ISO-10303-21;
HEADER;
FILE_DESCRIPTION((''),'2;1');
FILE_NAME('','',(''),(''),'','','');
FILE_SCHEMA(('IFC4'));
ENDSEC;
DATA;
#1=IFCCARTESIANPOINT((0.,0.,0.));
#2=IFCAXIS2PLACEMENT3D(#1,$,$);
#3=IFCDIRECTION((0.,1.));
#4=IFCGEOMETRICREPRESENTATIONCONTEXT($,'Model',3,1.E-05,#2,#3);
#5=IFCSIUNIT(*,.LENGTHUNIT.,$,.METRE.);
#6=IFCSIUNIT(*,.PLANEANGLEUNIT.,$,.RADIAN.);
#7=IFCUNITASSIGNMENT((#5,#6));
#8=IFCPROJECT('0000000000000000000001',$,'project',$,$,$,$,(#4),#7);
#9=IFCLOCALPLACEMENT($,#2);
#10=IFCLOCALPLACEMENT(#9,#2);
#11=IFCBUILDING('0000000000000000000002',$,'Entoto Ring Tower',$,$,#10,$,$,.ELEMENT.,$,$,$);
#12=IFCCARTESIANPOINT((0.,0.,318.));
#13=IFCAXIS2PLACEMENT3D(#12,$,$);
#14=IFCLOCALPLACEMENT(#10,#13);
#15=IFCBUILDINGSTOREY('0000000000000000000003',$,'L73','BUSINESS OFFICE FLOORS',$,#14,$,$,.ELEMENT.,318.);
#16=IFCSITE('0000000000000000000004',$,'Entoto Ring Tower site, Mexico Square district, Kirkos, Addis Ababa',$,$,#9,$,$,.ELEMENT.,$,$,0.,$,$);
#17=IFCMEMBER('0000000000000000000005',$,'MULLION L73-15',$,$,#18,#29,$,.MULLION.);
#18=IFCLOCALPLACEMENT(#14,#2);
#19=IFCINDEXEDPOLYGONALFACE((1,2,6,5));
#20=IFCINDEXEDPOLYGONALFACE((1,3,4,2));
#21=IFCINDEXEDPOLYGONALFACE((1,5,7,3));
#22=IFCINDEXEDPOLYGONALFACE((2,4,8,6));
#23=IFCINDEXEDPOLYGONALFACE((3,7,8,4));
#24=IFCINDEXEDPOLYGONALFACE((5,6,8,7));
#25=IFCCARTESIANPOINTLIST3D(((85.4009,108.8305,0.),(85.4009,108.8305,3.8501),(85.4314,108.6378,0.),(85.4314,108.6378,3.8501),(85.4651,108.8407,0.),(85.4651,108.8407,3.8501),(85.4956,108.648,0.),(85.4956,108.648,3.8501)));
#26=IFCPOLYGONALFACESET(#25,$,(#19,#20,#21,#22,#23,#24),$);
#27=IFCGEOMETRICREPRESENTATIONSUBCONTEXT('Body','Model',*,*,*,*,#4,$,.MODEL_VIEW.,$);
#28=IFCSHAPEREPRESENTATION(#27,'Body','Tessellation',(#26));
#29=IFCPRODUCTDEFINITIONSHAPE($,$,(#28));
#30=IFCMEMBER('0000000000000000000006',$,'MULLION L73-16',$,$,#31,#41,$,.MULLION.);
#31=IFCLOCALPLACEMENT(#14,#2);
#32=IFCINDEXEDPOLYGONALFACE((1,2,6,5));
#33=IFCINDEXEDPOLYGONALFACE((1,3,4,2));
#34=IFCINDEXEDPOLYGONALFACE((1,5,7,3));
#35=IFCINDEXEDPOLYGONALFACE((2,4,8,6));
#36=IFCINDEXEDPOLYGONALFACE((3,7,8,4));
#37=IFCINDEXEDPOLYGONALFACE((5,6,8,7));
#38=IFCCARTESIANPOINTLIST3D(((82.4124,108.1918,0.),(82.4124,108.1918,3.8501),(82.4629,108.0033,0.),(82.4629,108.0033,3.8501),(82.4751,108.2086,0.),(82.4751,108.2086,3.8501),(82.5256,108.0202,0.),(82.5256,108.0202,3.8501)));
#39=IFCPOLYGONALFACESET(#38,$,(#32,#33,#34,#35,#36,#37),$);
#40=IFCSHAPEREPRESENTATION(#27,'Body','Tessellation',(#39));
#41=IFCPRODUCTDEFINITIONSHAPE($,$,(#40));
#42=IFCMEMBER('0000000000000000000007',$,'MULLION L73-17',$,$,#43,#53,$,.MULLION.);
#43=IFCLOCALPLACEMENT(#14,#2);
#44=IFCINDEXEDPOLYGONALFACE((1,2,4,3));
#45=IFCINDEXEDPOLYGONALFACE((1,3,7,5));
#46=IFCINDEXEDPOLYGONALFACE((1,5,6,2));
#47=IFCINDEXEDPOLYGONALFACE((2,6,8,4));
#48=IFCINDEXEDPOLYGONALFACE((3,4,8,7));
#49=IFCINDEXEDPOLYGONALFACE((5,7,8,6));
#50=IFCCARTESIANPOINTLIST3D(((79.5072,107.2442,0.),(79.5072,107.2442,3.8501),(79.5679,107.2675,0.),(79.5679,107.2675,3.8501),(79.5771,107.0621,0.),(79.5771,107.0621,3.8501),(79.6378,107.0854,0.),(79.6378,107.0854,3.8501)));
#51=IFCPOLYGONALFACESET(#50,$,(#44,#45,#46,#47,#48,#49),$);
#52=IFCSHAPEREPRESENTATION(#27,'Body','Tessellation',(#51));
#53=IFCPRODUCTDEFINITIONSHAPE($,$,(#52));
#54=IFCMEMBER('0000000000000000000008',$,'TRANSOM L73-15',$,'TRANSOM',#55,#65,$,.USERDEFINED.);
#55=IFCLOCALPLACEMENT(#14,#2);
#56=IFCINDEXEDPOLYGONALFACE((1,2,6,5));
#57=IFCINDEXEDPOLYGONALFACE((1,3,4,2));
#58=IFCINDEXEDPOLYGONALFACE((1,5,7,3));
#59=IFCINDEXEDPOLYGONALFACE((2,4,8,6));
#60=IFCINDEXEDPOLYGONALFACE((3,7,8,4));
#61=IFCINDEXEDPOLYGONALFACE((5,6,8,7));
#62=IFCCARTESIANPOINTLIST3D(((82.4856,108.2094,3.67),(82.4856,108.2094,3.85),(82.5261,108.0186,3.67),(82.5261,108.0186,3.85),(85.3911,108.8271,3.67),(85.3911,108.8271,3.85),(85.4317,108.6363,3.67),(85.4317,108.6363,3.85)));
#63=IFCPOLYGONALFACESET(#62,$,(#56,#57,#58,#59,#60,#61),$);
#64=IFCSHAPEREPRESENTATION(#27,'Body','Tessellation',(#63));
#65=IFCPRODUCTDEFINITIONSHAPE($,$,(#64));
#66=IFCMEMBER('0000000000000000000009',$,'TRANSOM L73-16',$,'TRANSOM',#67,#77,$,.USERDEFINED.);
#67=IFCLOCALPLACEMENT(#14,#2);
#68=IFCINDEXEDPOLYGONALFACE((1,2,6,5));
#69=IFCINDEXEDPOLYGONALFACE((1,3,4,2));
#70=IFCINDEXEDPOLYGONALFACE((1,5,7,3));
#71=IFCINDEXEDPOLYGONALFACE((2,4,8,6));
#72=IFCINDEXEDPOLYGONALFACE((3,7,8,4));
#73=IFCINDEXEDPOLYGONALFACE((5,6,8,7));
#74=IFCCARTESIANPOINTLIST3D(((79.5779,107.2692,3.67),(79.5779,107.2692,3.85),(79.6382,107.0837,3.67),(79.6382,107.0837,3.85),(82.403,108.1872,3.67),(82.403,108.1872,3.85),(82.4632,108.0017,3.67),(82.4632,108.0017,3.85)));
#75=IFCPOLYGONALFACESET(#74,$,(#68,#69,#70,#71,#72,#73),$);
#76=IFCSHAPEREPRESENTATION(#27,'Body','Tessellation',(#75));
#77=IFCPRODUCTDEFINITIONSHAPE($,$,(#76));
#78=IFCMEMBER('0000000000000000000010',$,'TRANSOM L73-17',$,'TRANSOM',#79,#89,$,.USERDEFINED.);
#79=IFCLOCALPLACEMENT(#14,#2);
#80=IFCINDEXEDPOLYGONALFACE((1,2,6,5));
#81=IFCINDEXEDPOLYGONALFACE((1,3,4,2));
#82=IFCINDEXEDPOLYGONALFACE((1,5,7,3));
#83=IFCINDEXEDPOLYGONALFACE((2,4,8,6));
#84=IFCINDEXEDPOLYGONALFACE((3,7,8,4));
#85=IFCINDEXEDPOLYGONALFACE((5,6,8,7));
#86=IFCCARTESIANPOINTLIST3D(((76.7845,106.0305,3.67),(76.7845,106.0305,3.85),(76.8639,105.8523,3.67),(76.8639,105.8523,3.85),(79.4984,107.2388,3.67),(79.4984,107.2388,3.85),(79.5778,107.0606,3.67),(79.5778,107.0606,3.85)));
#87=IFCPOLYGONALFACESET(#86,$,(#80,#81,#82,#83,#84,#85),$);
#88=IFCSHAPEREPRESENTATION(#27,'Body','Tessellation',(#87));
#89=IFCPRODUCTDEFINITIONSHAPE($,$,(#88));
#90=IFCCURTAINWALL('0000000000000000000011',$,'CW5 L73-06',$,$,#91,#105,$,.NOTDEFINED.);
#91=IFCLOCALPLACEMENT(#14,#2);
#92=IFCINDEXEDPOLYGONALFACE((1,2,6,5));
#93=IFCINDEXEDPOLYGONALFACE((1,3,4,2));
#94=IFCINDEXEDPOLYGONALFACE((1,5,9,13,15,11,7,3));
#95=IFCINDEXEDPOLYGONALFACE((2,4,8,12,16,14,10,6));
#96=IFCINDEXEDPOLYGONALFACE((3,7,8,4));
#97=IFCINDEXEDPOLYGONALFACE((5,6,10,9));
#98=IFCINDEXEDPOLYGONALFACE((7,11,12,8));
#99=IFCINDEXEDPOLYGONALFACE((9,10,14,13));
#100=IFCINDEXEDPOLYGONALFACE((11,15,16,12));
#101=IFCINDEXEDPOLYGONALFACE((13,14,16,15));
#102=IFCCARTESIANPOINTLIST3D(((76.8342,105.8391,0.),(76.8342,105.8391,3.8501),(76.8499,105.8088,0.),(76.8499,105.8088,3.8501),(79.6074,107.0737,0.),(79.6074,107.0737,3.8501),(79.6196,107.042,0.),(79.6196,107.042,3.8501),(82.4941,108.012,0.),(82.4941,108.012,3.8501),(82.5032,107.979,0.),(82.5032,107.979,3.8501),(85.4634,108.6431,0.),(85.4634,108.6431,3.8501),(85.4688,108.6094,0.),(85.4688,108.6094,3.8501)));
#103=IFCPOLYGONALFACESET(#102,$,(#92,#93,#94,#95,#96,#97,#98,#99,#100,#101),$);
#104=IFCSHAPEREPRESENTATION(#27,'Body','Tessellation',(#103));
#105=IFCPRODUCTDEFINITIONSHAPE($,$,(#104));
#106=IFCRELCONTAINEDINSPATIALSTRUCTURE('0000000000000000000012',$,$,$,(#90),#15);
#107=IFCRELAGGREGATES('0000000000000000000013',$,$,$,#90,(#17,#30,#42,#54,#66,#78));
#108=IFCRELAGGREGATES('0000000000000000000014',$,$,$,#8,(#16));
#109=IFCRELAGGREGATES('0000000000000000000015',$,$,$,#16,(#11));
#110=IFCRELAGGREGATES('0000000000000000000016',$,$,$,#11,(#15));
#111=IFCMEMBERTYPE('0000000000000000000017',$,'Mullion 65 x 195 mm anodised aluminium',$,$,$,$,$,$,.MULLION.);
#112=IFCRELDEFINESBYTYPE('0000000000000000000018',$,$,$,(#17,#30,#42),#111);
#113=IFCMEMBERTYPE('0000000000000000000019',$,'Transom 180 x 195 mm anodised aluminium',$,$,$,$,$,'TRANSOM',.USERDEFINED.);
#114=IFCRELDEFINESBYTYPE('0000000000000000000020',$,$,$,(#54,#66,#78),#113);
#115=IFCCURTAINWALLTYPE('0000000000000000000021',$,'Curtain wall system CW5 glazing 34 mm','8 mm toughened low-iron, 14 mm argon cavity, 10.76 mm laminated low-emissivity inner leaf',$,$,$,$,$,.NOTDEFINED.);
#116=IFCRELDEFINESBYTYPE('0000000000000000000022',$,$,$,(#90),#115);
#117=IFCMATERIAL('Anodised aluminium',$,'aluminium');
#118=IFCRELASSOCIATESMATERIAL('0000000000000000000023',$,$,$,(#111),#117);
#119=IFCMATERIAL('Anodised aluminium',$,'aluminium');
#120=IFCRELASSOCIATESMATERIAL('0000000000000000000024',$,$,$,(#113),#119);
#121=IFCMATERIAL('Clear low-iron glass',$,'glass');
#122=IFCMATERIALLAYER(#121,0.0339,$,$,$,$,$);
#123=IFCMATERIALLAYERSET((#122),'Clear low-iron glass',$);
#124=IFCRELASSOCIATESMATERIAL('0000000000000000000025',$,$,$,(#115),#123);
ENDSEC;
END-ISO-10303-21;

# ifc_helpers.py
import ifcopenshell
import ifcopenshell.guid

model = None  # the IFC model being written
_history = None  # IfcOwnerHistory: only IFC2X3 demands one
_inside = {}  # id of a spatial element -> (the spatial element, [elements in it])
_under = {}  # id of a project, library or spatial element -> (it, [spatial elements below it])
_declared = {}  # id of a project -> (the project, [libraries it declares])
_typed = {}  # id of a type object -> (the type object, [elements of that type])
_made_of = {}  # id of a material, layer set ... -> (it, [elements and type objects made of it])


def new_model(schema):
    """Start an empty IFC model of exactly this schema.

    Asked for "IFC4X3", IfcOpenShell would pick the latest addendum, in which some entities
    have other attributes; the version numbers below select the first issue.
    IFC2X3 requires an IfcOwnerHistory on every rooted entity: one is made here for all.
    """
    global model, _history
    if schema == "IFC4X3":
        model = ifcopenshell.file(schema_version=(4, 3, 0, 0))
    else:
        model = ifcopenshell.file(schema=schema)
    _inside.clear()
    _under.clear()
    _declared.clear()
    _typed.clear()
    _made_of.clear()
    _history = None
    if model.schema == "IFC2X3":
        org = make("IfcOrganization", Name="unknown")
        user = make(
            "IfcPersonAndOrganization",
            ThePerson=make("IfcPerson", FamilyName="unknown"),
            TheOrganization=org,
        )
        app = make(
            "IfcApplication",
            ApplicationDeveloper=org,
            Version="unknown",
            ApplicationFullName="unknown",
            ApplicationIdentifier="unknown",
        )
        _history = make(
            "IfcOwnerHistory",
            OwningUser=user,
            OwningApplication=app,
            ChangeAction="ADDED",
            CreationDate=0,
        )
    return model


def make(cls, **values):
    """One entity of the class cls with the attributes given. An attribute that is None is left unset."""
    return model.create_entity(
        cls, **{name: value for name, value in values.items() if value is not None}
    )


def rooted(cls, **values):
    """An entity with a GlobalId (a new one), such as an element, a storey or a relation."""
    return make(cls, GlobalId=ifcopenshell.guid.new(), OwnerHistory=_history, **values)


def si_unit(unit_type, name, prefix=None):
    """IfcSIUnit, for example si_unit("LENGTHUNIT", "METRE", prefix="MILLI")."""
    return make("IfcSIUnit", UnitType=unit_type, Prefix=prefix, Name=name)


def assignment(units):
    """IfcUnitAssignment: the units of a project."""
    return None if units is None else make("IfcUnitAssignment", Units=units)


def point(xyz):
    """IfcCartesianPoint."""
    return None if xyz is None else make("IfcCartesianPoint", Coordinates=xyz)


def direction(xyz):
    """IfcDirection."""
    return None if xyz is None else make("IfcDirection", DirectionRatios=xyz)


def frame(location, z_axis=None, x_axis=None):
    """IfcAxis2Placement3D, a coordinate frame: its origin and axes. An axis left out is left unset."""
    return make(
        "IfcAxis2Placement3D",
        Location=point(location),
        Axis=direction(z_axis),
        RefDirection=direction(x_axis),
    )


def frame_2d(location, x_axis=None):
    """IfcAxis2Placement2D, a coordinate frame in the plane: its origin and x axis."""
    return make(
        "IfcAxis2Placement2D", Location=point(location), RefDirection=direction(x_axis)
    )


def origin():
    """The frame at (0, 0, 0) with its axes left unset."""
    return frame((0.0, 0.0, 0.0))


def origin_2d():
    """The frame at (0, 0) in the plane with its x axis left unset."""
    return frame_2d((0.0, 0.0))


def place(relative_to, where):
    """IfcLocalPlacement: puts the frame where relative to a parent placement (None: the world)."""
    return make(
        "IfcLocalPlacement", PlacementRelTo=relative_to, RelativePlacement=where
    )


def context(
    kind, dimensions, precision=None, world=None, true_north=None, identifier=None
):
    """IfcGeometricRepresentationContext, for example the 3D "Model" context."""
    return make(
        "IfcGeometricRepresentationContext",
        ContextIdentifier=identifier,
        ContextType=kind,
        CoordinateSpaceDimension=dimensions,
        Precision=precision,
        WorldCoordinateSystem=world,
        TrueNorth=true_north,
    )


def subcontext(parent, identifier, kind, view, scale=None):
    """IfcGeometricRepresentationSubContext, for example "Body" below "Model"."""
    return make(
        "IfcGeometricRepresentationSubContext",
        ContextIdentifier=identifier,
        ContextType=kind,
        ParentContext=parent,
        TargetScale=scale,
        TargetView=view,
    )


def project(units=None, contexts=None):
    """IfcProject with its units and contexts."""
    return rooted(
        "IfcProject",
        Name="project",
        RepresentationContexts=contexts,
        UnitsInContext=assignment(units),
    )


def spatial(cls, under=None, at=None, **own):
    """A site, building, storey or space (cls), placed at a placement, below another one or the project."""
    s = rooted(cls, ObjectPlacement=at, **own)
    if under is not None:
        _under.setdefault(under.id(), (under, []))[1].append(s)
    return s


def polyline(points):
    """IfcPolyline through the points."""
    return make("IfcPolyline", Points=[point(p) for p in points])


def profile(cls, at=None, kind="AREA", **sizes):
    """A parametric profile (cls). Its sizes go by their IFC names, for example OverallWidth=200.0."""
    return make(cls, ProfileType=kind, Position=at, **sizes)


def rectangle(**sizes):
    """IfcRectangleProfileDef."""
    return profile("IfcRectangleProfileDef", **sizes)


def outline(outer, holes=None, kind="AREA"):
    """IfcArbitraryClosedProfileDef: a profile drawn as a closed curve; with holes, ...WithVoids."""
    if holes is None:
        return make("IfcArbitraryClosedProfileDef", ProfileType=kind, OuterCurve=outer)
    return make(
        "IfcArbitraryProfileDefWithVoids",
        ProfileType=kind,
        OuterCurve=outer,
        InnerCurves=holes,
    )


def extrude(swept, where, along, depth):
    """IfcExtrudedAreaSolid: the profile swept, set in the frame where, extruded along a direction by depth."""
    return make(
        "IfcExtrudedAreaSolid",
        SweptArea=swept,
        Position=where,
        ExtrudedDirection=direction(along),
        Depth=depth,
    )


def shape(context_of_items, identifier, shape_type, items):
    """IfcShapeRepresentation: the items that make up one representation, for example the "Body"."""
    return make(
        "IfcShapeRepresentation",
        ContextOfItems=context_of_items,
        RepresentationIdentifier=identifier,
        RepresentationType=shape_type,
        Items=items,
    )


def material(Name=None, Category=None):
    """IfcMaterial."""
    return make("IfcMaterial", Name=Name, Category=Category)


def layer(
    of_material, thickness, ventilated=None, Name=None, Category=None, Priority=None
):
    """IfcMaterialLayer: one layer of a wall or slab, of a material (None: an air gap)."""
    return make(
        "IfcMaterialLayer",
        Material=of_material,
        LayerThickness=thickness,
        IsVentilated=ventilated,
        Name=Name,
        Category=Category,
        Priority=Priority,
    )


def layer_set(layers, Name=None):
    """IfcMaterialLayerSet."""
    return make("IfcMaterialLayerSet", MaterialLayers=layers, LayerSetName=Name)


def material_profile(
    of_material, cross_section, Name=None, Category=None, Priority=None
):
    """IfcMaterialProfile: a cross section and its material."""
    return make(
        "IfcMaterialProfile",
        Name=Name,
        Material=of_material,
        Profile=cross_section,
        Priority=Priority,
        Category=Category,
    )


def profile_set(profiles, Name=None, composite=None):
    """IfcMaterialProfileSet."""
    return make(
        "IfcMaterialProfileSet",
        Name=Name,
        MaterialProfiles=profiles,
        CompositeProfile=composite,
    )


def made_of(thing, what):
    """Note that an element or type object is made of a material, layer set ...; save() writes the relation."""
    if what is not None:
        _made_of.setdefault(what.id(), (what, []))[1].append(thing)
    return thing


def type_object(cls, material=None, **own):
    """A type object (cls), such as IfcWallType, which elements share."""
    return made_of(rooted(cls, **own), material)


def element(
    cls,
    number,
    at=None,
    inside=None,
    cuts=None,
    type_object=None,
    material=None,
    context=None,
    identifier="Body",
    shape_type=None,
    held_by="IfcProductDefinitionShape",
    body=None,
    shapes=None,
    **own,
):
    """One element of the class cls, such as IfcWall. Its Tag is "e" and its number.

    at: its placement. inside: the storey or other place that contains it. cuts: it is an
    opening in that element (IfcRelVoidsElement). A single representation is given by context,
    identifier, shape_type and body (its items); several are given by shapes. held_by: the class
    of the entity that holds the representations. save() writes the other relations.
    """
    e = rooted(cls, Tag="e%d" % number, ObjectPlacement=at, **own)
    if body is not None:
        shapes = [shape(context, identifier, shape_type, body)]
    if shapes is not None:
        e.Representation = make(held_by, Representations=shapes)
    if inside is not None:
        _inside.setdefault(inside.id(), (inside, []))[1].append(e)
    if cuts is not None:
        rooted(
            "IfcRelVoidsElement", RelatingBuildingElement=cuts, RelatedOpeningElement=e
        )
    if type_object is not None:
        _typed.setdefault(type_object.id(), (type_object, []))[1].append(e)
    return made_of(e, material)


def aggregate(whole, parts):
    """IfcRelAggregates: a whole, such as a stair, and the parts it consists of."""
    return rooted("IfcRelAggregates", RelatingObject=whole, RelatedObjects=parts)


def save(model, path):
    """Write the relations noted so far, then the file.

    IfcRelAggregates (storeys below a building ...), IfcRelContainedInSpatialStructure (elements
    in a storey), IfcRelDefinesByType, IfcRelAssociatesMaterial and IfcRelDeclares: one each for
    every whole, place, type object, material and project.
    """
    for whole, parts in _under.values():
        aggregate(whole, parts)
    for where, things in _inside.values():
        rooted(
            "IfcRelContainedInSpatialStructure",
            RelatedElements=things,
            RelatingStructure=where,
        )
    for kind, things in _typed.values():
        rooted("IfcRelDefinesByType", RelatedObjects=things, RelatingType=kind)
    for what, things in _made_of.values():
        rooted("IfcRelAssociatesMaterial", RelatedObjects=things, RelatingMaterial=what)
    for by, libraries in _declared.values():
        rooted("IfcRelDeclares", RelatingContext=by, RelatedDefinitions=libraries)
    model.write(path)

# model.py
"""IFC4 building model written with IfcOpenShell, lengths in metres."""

from ifc_helpers import new_model, si_unit, direction, frame, origin, origin_2d, place, context, subcontext, project, spatial, polyline, rectangle, outline, extrude, material, layer, layer_set, material_profile, profile_set, type_object, element, aggregate, save


model = new_model("IFC4")

# Units and contexts
model_context = context("Model", 3, precision=1e-05, world=origin(), true_north=direction((0.0, 1.0)))
body_context = subcontext(model_context, "Body", "Model", "MODEL_VIEW")
ifc_project = project(units=[si_unit("LENGTHUNIT", "METRE"), si_unit("PLANEANGLEUNIT", "RADIAN")], contexts=[model_context])

# Members
ifc_material_1 = material(Name="Anodised aluminium", Category="aluminium")
ifc_material_profile_1 = material_profile(ifc_material_1, rectangle(XDim=0.0649, YDim=0.1951, at=origin_2d()), Name="Mullion 65 x 195 mm anodised aluminium")
ifc_profile_set_1 = profile_set([ifc_material_profile_1], Name="Anodised aluminium")
member_type_1 = type_object("IfcMemberType", Name="Mullion 65 x 195 mm anodised aluminium", PredefinedType="MULLION", material=ifc_profile_set_1)
site_placement = place(None, origin())
building_placement = place(site_placement, origin())
storey_placement = place(building_placement, frame((0.0, 0.0, 318.0)))
member_1_placement = place(storey_placement, frame((85.4482, 108.7393, 0.0), z_axis=(0.0, 0.0, 1.0), x_axis=(-0.987688, -0.156434, 0.0)))
member_1 = element("IfcMember", 1, at=member_1_placement, type_object=member_type_1, Name="MULLION L73-15", PredefinedType="MULLION", context=body_context, shape_type="SweptSolid", body=[
    extrude(rectangle(XDim=0.0649, YDim=0.1951, at=origin_2d()), origin(), (0.0, 0.0, 1.0), 3.8501),
])
member_2_placement = place(storey_placement, frame((82.469, 108.106, 0.0), z_axis=(0.0, 0.0, 1.0), x_axis=(-0.965926, -0.258819, 0.0)))
member_2 = element("IfcMember", 2, at=member_2_placement, type_object=member_type_1, Name="MULLION L73-16", PredefinedType="MULLION", context=body_context, shape_type="SweptSolid", body=[
    extrude(rectangle(XDim=0.0649, YDim=0.1951, at=origin_2d()), origin(), (0.0, 0.0, 1.0), 3.8501),
])
member_3_placement = place(storey_placement, frame((79.5725, 107.1648, 0.0), z_axis=(0.0, 0.0, 1.0), x_axis=(-0.93358, -0.358368, 0.0)))
member_3 = element("IfcMember", 3, at=member_3_placement, type_object=member_type_1, Name="MULLION L73-17", PredefinedType="MULLION", context=body_context, shape_type="SweptSolid", body=[
    extrude(rectangle(XDim=0.0649, YDim=0.1951, at=origin_2d()), origin(), (0.0, 0.0, 1.0), 3.8501),
])
ifc_material_2 = material(Name="Anodised aluminium", Category="aluminium")
ifc_material_profile_2 = material_profile(ifc_material_2, rectangle(XDim=0.1951, YDim=0.1799, at=origin_2d()), Name="Transom 180 x 195 mm anodised aluminium")
ifc_profile_set_2 = profile_set([ifc_material_profile_2], Name="Anodised aluminium")
member_type_2 = type_object("IfcMemberType", Name="Transom 180 x 195 mm anodised aluminium", ElementType="TRANSOM", PredefinedType="USERDEFINED", material=ifc_profile_set_2)
member_4_placement = place(storey_placement, frame((85.4114, 108.7317, 3.76), z_axis=(-0.978142, -0.20794, 0.0), x_axis=(0.20794, -0.978142, 0.0)))
member_4 = element("IfcMember", 4, at=member_4_placement, type_object=member_type_2, Name="TRANSOM L73-15", ObjectType="TRANSOM", PredefinedType="USERDEFINED", context=body_context, shape_type="SweptSolid", body=[
    extrude(rectangle(XDim=0.1951, YDim=0.1799, at=origin_2d()), origin(), (0.0, 0.0, 1.0), 2.9705),
])
member_5_placement = place(storey_placement, frame((82.4331, 108.0945, 3.76), z_axis=(-0.951048, -0.309043, 0.0), x_axis=(0.309043, -0.951048, 0.0)))
member_5 = element("IfcMember", 5, at=member_5_placement, type_object=member_type_2, Name="TRANSOM L73-16", ObjectType="TRANSOM", PredefinedType="USERDEFINED", context=body_context, shape_type="SweptSolid", body=[
    extrude(rectangle(XDim=0.1951, YDim=0.1799, at=origin_2d()), origin(), (0.0, 0.0, 1.0), 2.9705),
])
member_6_placement = place(storey_placement, frame((79.5381, 107.1497, 3.76), z_axis=(-0.91355, -0.406726, 0.0), x_axis=(0.406726, -0.91355, 0.0)))
member_6 = element("IfcMember", 6, at=member_6_placement, type_object=member_type_2, Name="TRANSOM L73-17", ObjectType="TRANSOM", PredefinedType="USERDEFINED", context=body_context, shape_type="SweptSolid", body=[
    extrude(rectangle(XDim=0.1951, YDim=0.1799, at=origin_2d()), origin(), (0.0, 0.0, 1.0), 2.9707),
])

# Site, building, storey
site = spatial("IfcSite", under=ifc_project, at=site_placement, Name="Entoto Ring Tower site, Mexico Square district, Kirkos, Addis Ababa", CompositionType="ELEMENT", RefElevation=0.0)
building = spatial("IfcBuilding", under=site, at=building_placement, Name="Entoto Ring Tower", CompositionType="ELEMENT")
storey = spatial("IfcBuildingStorey", under=building, at=storey_placement, Name="L73", Description="BUSINESS OFFICE FLOORS", CompositionType="ELEMENT", Elevation=318.0)

# Curtain wall
ifc_material_3 = material(Name="Clear low-iron glass", Category="glass")
ifc_layer = layer(ifc_material_3, 0.0339)
ifc_layer_set = layer_set([ifc_layer], Name="Clear low-iron glass")
curtain_wall_type = type_object("IfcCurtainWallType", Name="Curtain wall system CW5 glazing 34 mm", Description="8 mm toughened low-iron, 14 mm argon cavity, 10.76 mm laminated low-emissivity inner leaf", PredefinedType="NOTDEFINED", material=ifc_layer_set)
curtain_wall_1_placement = place(storey_placement, origin())
curtain_wall_1 = element("IfcCurtainWall", 7, at=curtain_wall_1_placement, inside=storey, type_object=curtain_wall_type, Name="CW5 L73-06", PredefinedType="NOTDEFINED", context=body_context, shape_type="SweptSolid", body=[
    extrude(outline(polyline([(85.4634, 108.6431), (82.4941, 108.012), (79.6074, 107.0737), (76.8342, 105.8391), (76.8499, 105.8088), (79.6196, 107.042), (82.5032, 107.979), (85.4688, 108.6094), (85.4634, 108.6431)])), origin(), (0.0, 0.0, 1.0), 3.8501),
])
aggregate(curtain_wall_1, [member_1, member_2, member_3, member_4, member_5, member_6])

save(model, "model.ifc")
